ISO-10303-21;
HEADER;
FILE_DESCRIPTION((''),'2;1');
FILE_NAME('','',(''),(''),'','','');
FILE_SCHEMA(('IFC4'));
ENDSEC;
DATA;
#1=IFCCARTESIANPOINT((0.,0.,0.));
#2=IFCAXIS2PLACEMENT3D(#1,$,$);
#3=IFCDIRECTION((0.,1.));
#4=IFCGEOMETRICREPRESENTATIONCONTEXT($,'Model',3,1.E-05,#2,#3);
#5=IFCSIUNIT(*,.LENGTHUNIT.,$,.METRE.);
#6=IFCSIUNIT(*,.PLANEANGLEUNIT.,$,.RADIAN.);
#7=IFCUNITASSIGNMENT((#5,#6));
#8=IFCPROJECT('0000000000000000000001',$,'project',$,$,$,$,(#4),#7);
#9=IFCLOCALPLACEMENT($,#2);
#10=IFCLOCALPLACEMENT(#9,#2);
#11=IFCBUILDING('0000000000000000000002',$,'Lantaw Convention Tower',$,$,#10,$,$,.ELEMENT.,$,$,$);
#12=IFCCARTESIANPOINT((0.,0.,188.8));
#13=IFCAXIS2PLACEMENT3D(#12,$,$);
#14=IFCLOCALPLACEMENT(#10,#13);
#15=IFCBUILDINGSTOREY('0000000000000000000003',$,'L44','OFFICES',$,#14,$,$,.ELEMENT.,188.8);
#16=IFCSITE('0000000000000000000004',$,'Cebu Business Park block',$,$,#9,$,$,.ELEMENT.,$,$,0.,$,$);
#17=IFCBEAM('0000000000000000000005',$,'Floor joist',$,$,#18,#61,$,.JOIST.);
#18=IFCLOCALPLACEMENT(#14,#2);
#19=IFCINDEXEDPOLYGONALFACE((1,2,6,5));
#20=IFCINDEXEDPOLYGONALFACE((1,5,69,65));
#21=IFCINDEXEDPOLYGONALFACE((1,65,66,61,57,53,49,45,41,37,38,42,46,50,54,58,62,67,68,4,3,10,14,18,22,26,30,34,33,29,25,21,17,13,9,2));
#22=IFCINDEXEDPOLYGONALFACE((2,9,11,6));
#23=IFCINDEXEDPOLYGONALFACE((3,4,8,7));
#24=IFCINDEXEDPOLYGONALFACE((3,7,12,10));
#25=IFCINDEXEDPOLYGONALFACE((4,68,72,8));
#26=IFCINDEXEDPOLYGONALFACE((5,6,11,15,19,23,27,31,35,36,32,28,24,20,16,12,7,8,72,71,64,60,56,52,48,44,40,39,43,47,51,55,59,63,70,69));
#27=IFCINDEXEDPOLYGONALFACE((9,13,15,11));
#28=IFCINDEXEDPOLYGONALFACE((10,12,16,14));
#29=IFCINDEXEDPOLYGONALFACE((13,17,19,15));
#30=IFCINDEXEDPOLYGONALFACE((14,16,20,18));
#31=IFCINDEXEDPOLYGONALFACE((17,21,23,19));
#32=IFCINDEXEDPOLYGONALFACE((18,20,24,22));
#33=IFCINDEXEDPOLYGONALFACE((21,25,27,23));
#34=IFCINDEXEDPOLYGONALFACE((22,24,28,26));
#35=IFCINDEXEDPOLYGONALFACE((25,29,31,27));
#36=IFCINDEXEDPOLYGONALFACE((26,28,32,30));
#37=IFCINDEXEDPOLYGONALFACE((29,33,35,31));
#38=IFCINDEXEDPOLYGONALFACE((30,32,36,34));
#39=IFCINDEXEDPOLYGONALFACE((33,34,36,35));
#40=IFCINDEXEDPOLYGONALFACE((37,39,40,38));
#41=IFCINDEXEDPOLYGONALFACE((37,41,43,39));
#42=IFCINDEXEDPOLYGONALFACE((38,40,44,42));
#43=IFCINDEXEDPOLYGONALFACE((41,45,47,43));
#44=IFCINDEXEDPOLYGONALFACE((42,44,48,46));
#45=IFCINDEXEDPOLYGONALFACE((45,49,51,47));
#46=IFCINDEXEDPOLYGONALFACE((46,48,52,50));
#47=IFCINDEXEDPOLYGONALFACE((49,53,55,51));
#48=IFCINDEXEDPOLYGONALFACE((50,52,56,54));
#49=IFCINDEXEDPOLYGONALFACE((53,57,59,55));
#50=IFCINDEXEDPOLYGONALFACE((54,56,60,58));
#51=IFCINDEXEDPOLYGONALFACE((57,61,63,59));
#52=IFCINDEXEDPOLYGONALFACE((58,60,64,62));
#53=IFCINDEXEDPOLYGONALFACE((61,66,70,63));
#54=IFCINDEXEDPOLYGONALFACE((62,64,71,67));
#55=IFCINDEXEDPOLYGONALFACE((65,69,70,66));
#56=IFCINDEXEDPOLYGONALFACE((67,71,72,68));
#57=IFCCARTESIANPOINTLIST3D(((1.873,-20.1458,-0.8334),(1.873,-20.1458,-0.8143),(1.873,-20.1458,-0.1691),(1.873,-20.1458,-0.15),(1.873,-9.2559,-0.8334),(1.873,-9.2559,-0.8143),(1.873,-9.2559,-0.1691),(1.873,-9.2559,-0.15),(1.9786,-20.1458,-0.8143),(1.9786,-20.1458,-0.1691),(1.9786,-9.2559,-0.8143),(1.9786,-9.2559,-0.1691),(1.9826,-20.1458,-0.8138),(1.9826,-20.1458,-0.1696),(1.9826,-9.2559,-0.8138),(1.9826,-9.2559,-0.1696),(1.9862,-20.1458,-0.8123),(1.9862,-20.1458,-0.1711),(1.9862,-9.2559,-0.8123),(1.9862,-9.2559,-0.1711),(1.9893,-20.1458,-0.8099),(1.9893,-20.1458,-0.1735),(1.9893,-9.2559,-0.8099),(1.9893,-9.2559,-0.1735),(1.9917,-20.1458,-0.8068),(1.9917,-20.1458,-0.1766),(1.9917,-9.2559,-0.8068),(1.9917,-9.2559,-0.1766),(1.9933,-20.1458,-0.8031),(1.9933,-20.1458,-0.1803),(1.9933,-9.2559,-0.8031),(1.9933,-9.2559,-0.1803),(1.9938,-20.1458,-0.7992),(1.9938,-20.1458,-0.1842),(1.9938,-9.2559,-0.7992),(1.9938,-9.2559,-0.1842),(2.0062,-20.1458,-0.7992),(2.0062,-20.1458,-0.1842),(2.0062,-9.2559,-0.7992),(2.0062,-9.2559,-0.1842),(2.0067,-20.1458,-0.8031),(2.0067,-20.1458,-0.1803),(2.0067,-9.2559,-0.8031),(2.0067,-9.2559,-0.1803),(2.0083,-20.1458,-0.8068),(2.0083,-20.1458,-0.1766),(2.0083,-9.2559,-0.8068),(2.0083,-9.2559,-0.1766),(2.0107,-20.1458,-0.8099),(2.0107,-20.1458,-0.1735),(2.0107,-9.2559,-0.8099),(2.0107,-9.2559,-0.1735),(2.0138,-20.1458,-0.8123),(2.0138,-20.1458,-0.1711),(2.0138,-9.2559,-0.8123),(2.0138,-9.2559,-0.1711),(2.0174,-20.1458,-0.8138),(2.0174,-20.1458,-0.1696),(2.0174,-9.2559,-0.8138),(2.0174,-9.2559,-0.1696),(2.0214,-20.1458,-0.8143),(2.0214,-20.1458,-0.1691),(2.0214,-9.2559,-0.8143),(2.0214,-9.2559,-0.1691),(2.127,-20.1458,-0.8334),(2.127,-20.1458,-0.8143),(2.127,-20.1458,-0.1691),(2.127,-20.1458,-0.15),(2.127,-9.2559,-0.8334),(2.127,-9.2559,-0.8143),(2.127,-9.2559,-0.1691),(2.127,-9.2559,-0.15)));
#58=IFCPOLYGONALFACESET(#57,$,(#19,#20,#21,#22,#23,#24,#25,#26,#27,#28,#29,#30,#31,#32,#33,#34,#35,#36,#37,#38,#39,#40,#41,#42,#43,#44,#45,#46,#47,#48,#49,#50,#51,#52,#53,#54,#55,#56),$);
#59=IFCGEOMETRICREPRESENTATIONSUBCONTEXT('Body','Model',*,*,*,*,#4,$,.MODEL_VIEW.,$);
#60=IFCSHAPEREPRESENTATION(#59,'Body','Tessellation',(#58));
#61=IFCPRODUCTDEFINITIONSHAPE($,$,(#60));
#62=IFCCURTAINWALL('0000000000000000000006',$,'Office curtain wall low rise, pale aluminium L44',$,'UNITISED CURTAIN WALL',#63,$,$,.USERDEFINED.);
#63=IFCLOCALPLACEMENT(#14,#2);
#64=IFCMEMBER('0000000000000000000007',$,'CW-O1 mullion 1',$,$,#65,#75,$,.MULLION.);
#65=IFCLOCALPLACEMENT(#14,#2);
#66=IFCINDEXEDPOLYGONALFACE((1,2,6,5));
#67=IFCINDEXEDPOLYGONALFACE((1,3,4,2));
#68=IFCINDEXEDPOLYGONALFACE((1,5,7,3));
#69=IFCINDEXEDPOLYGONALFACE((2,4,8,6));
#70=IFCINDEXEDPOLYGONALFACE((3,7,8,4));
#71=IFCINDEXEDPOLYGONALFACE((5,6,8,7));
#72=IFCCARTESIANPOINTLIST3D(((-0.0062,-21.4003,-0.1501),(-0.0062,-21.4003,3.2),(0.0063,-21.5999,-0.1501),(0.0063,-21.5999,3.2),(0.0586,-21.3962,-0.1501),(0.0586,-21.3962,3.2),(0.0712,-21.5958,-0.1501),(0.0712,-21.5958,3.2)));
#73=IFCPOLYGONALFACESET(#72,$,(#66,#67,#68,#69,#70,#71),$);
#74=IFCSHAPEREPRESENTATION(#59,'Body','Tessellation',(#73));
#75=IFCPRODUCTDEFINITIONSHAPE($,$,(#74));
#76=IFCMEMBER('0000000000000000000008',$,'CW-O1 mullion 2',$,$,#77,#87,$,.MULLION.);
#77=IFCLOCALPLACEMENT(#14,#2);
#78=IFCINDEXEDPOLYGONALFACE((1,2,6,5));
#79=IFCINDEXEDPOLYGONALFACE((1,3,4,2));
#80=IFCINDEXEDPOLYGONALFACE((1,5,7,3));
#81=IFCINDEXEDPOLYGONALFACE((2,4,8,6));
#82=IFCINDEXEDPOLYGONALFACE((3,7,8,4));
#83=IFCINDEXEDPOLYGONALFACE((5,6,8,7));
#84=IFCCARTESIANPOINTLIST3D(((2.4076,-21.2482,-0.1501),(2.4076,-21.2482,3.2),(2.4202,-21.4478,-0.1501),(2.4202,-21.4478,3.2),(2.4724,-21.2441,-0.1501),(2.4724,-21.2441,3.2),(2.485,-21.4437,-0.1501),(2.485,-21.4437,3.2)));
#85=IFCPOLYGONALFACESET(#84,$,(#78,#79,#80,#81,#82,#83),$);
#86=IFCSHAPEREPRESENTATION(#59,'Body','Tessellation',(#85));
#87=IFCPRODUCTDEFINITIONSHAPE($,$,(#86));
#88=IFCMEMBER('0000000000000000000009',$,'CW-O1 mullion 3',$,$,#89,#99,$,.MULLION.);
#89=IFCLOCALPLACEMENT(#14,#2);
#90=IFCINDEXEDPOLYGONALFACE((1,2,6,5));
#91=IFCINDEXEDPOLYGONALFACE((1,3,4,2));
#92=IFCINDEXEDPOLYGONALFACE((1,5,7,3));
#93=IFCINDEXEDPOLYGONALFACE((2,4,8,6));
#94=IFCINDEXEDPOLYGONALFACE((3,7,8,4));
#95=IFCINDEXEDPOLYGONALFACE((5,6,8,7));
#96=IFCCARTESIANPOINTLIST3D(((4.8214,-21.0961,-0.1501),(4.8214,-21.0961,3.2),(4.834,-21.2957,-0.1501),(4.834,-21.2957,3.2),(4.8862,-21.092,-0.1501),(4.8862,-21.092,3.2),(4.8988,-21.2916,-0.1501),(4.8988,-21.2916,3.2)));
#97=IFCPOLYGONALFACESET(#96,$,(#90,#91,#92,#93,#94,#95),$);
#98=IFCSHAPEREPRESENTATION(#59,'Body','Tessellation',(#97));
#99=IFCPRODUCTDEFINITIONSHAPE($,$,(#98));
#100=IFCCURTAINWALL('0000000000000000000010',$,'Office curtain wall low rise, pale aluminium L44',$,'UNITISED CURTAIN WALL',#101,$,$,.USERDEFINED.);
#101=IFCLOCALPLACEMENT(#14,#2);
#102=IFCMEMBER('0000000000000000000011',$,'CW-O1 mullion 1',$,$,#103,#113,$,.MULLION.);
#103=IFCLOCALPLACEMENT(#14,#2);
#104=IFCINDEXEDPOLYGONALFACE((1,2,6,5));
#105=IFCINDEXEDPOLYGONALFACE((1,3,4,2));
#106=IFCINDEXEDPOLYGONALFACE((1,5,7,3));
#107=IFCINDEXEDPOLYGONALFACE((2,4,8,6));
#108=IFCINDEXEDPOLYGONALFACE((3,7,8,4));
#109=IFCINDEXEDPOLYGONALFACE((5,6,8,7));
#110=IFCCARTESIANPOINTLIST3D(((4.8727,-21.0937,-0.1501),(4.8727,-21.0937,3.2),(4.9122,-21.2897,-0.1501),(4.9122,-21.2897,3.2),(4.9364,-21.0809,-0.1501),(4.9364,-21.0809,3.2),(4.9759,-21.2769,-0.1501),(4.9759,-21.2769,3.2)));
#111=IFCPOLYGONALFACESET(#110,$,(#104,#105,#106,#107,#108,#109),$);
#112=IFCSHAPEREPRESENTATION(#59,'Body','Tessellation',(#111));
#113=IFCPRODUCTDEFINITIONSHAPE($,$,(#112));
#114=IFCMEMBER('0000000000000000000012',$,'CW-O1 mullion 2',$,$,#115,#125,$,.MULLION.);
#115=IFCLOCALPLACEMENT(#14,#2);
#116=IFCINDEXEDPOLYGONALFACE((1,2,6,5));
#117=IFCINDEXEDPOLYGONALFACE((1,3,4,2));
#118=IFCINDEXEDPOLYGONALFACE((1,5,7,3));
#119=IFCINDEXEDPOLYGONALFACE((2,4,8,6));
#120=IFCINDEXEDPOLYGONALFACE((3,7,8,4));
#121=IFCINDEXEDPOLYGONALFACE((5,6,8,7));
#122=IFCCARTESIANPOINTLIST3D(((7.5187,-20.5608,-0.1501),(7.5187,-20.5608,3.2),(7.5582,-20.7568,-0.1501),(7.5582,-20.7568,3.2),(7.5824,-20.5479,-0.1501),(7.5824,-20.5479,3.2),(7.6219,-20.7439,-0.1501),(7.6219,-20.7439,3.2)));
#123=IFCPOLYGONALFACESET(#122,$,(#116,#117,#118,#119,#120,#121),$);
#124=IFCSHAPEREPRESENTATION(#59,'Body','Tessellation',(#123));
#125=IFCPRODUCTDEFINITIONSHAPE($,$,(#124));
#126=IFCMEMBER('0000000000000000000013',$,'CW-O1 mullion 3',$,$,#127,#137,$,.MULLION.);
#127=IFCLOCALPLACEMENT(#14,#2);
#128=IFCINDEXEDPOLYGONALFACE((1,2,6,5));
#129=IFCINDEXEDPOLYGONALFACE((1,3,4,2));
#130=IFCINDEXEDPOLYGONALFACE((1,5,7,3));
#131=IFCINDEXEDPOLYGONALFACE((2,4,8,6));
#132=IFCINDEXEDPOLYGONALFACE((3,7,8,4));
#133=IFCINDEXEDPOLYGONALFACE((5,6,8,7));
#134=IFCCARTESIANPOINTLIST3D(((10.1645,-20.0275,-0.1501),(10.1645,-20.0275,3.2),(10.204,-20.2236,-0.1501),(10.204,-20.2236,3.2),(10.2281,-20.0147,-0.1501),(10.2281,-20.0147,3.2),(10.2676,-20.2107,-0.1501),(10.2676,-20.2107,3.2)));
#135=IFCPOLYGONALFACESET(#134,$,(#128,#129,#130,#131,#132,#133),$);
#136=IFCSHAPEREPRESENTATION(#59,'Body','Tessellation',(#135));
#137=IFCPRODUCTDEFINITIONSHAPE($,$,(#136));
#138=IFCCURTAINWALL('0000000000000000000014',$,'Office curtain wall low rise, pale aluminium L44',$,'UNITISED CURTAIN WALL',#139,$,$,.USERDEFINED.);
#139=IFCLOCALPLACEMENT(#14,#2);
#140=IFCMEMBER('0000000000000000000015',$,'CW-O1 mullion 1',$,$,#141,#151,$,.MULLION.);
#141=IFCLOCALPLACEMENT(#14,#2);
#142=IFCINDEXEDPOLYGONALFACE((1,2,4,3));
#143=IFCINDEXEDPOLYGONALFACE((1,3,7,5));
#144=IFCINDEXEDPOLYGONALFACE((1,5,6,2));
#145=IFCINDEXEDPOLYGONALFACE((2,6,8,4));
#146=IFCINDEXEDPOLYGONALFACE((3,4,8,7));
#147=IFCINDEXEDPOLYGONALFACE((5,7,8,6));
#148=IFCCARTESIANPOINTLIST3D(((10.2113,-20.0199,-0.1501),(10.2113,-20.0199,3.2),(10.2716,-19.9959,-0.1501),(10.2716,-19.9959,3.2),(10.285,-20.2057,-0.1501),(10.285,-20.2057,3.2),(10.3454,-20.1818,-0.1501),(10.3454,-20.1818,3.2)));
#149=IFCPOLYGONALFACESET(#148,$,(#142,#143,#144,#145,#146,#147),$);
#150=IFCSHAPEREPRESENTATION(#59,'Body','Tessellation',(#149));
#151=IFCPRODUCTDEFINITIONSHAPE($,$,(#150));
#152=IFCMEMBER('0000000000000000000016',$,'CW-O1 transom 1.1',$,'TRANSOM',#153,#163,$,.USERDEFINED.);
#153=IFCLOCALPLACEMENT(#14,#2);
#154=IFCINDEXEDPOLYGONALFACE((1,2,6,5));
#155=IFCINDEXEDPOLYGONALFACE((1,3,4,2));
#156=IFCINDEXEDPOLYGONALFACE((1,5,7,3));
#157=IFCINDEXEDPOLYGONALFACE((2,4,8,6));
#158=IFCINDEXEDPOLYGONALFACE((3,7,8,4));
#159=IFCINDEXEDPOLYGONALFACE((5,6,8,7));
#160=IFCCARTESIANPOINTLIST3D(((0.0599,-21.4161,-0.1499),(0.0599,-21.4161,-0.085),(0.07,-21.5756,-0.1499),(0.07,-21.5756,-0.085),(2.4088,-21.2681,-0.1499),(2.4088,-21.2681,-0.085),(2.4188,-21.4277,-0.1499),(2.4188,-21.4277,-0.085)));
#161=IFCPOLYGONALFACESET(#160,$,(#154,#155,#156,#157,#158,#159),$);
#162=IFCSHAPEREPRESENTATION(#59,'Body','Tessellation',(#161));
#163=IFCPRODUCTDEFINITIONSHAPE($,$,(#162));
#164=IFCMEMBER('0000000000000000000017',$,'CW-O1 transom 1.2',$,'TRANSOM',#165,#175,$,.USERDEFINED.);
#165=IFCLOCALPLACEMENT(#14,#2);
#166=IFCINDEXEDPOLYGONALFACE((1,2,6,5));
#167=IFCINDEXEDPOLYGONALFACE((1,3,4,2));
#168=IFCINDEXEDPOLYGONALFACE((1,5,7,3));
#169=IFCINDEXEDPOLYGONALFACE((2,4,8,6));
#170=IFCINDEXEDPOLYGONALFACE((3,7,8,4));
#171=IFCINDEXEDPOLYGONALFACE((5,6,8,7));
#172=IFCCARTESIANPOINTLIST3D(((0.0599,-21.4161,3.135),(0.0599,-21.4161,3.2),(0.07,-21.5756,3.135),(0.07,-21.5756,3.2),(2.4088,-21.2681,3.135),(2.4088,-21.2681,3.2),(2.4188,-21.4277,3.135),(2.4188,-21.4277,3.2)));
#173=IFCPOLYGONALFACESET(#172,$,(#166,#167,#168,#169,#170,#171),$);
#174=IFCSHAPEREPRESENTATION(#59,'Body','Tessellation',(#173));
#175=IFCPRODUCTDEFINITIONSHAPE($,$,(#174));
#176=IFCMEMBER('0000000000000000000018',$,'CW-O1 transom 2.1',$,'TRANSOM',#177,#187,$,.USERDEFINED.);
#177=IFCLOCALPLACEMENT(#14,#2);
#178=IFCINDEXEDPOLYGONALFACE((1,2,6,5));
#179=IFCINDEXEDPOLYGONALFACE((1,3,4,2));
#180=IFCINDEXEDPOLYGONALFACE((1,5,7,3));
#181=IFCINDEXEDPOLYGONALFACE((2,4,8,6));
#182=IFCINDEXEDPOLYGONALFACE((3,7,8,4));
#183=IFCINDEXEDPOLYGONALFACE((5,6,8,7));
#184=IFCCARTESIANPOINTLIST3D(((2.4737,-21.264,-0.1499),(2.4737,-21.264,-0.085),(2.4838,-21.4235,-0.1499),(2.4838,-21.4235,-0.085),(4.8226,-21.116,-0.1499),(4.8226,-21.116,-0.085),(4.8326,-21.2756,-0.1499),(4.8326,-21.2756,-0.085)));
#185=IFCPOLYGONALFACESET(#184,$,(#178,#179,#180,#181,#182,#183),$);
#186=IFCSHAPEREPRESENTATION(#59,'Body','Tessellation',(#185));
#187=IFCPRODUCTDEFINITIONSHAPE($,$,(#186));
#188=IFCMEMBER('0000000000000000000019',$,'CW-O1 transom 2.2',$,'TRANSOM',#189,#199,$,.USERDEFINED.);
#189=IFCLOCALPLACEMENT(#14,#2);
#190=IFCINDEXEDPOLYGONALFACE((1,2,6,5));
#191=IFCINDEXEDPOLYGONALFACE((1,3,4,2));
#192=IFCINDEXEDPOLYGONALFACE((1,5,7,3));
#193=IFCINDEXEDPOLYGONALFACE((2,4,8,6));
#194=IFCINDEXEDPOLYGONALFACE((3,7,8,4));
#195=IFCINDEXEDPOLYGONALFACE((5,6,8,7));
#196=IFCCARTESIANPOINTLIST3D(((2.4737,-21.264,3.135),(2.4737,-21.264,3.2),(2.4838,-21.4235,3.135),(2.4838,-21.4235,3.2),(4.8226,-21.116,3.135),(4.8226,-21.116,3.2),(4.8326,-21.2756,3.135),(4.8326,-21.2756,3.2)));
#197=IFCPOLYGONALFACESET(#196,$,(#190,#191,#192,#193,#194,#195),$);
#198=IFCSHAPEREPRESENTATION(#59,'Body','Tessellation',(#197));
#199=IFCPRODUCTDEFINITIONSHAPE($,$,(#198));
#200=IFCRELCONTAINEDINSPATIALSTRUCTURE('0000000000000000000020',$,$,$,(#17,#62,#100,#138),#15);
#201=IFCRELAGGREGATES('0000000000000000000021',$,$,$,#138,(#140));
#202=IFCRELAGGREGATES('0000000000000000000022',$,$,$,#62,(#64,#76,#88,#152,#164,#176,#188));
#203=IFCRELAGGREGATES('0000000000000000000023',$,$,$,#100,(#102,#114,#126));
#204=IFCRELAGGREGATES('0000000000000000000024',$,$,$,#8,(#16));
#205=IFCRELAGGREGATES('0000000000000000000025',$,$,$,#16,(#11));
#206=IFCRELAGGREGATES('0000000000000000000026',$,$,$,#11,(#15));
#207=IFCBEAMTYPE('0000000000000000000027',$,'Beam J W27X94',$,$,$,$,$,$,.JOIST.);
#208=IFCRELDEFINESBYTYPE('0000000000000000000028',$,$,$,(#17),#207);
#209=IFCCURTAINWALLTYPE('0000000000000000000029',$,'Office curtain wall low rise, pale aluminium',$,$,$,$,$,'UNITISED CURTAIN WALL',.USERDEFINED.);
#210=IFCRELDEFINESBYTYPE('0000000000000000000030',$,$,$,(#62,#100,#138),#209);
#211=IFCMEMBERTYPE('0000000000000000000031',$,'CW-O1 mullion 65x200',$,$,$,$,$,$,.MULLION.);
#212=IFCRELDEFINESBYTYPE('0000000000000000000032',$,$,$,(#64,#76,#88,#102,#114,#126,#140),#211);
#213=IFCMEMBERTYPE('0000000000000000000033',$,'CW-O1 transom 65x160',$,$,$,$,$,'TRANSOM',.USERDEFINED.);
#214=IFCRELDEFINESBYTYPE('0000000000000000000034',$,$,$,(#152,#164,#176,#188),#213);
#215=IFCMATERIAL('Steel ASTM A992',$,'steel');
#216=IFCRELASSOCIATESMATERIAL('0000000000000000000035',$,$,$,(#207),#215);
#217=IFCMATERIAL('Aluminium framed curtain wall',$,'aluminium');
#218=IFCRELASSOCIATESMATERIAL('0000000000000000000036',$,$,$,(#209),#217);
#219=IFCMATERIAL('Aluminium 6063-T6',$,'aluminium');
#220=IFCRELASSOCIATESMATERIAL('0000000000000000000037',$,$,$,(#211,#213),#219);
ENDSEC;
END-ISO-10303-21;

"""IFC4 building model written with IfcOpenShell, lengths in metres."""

from ifc_helpers import new_model, si_unit, direction, frame, origin, origin_2d, place, context, subcontext, project, spatial, rectangle, i_section, extrude, material, material_profile, profile_set, type_object, element, aggregate, save


model = new_model("IFC4")

# Units and contexts
model_context = context("Model", 3, precision=1e-05, world=origin(), true_north=direction((0.0, 1.0)))
body_context = subcontext(model_context, "Body", "Model", "MODEL_VIEW")
ifc_project = project(units=[si_unit("LENGTHUNIT", "METRE"), si_unit("PLANEANGLEUNIT", "RADIAN")], contexts=[model_context])

# Site, building, storey
site_placement = place(None, origin())
site = spatial("IfcSite", under=ifc_project, at=site_placement, Name="Cebu Business Park block", CompositionType="ELEMENT", RefElevation=0.0)
building_placement = place(site_placement, origin())
building = spatial("IfcBuilding", under=site, at=building_placement, Name="Lantaw Convention Tower", CompositionType="ELEMENT")
storey_placement = place(building_placement, frame((0.0, 0.0, 188.8)))
storey = spatial("IfcBuildingStorey", under=building, at=storey_placement, Name="L44", Description="OFFICES", CompositionType="ELEMENT", Elevation=188.8)

# Beam
ifc_material_1 = material(Name="Steel ASTM A992", Category="steel")
ifc_material_profile_1 = material_profile(ifc_material_1, i_section(OverallWidth=0.2539, OverallDepth=0.6833, WebThickness=0.0125, FlangeThickness=0.019, FilletRadius=0.0151, at=origin_2d()), Name="W27X94")
ifc_profile_set_1 = profile_set([ifc_material_profile_1], Name="Steel ASTM A992")
beam_type_1 = type_object("IfcBeamType", Name="Beam J W27X94", PredefinedType="JOIST", material=ifc_profile_set_1)
beam_1_placement = place(storey_placement, frame((2.0, -20.1458, -0.4917), z_axis=(0.0, 1.0, 0.0), x_axis=(-1.0, 0.0, 0.0)))
element("IfcBeam", 1, at=beam_1_placement, inside=storey, type_object=beam_type_1, Name="Floor joist", PredefinedType="JOIST", context=body_context, shape_type="SweptSolid", body=[
    extrude(i_section(OverallWidth=0.2539, OverallDepth=0.6833, WebThickness=0.0125, FlangeThickness=0.019, FilletRadius=0.0151, at=origin_2d()), origin(), (0.0, 0.0, 1.0), 10.8899),
])

# Curtain walls, members
ifc_material_2 = material(Name="Aluminium framed curtain wall", Category="aluminium")
curtain_wall_type = type_object("IfcCurtainWallType", Name="Office curtain wall low rise, pale aluminium", ElementType="UNITISED CURTAIN WALL", PredefinedType="USERDEFINED", material=ifc_material_2)
curtain_wall_1_placement = place(storey_placement, origin())
curtain_wall_1 = element("IfcCurtainWall", 2, at=curtain_wall_1_placement, inside=storey, type_object=curtain_wall_type, Name="Office curtain wall low rise, pale aluminium L44", ObjectType="UNITISED CURTAIN WALL", PredefinedType="USERDEFINED")
ifc_material_3 = material(Name="Aluminium 6063-T6", Category="aluminium")
ifc_material_profile_2 = material_profile(ifc_material_3, rectangle(XDim=0.2, YDim=0.0649, at=origin_2d()), Name="CW-O1 mullion 65x200")
ifc_profile_set_2 = profile_set([ifc_material_profile_2], Name="Aluminium 6063-T6")
member_type_1 = type_object("IfcMemberType", Name="CW-O1 mullion 65x200", PredefinedType="MULLION", material=ifc_profile_set_2)
member_1_placement = place(storey_placement, frame((0.0325, -21.498, -0.1501), z_axis=(0.0, 0.0, 1.0), x_axis=(-0.062865, 0.998022, 0.0)))
member_1 = element("IfcMember", 3, at=member_1_placement, type_object=member_type_1, Name="CW-O1 mullion 1", PredefinedType="MULLION", context=body_context, shape_type="SweptSolid", body=[
    extrude(rectangle(XDim=0.2, YDim=0.0649, at=origin_2d()), origin(), (0.0, 0.0, 1.0), 3.3501),
])
member_2_placement = place(storey_placement, frame((2.4463, -21.3459, -0.1501), z_axis=(0.0, 0.0, 1.0), x_axis=(-0.062865, 0.998022, 0.0)))
member_2 = element("IfcMember", 4, at=member_2_placement, type_object=member_type_1, Name="CW-O1 mullion 2", PredefinedType="MULLION", context=body_context, shape_type="SweptSolid", body=[
    extrude(rectangle(XDim=0.2, YDim=0.0649, at=origin_2d()), origin(), (0.0, 0.0, 1.0), 3.3501),
])
member_3_placement = place(storey_placement, frame((4.8601, -21.1938, -0.1501), z_axis=(0.0, 0.0, 1.0), x_axis=(-0.062865, 0.998022, 0.0)))
member_3 = element("IfcMember", 5, at=member_3_placement, type_object=member_type_1, Name="CW-O1 mullion 3", PredefinedType="MULLION", context=body_context, shape_type="SweptSolid", body=[
    extrude(rectangle(XDim=0.2, YDim=0.0649, at=origin_2d()), origin(), (0.0, 0.0, 1.0), 3.3501),
])
curtain_wall_2_placement = place(storey_placement, origin())
curtain_wall_2 = element("IfcCurtainWall", 6, at=curtain_wall_2_placement, inside=storey, type_object=curtain_wall_type, Name="Office curtain wall low rise, pale aluminium L44", ObjectType="UNITISED CURTAIN WALL", PredefinedType="USERDEFINED")
member_4_placement = place(storey_placement, frame((4.9243, -21.1853, -0.1501), z_axis=(0.0, 0.0, 1.0), x_axis=(-0.197507, 0.980302, 0.0)))
member_4 = element("IfcMember", 7, at=member_4_placement, type_object=member_type_1, Name="CW-O1 mullion 1", PredefinedType="MULLION", context=body_context, shape_type="SweptSolid", body=[
    extrude(rectangle(XDim=0.2, YDim=0.0649, at=origin_2d()), origin(), (0.0, 0.0, 1.0), 3.3501),
])
member_5_placement = place(storey_placement, frame((7.5703, -20.6523, -0.1501), z_axis=(0.0, 0.0, 1.0), x_axis=(-0.197507, 0.980302, 0.0)))
member_5 = element("IfcMember", 8, at=member_5_placement, type_object=member_type_1, Name="CW-O1 mullion 2", PredefinedType="MULLION", context=body_context, shape_type="SweptSolid", body=[
    extrude(rectangle(XDim=0.2, YDim=0.0649, at=origin_2d()), origin(), (0.0, 0.0, 1.0), 3.3501),
])
member_6_placement = place(storey_placement, frame((10.2161, -20.1191, -0.1501), z_axis=(0.0, 0.0, 1.0), x_axis=(-0.197507, 0.980302, 0.0)))
member_6 = element("IfcMember", 9, at=member_6_placement, type_object=member_type_1, Name="CW-O1 mullion 3", PredefinedType="MULLION", context=body_context, shape_type="SweptSolid", body=[
    extrude(rectangle(XDim=0.2, YDim=0.0649, at=origin_2d()), origin(), (0.0, 0.0, 1.0), 3.3501),
])

# Curtain wall, member
curtain_wall_3_placement = place(storey_placement, origin())
curtain_wall_3 = element("IfcCurtainWall", 10, at=curtain_wall_3_placement, inside=storey, type_object=curtain_wall_type, Name="Office curtain wall low rise, pale aluminium L44", ObjectType="UNITISED CURTAIN WALL", PredefinedType="USERDEFINED")
member_7_placement = place(storey_placement, frame((10.2783, -20.1008, -0.1501), z_axis=(0.0, 0.0, 1.0), x_axis=(-0.368702, 0.929548, 0.0)))
member_7 = element("IfcMember", 11, at=member_7_placement, type_object=member_type_1, Name="CW-O1 mullion 1", PredefinedType="MULLION", context=body_context, shape_type="SweptSolid", body=[
    extrude(rectangle(XDim=0.2, YDim=0.0649, at=origin_2d()), origin(), (0.0, 0.0, 1.0), 3.3501),
])

# Members
ifc_material_profile_3 = material_profile(ifc_material_3, rectangle(XDim=0.1599, YDim=0.0649, at=origin_2d()), Name="CW-O1 transom 65x160")
ifc_profile_set_3 = profile_set([ifc_material_profile_3], Name="Aluminium 6063-T6")
member_type_2 = type_object("IfcMemberType", Name="CW-O1 transom 65x160", ElementType="TRANSOM", PredefinedType="USERDEFINED", material=ifc_profile_set_3)
member_8_placement = place(storey_placement, frame((0.0649, -21.4958, -0.1174), z_axis=(0.998022, 0.062863, 0.0), x_axis=(-0.062863, 0.998022, 0.0)))
member_8 = element("IfcMember", 12, at=member_8_placement, type_object=member_type_2, Name="CW-O1 transom 1.1", ObjectType="TRANSOM", PredefinedType="USERDEFINED", context=body_context, shape_type="SweptSolid", body=[
    extrude(rectangle(XDim=0.1599, YDim=0.0649, at=origin_2d()), origin(), (0.0, 0.0, 1.0), 2.3535),
])
member_9_placement = place(storey_placement, frame((0.0649, -21.4958, 3.1675), z_axis=(0.998022, 0.062863, 0.0), x_axis=(-0.062863, 0.998022, 0.0)))
member_9 = element("IfcMember", 13, at=member_9_placement, type_object=member_type_2, Name="CW-O1 transom 1.2", ObjectType="TRANSOM", PredefinedType="USERDEFINED", context=body_context, shape_type="SweptSolid", body=[
    extrude(rectangle(XDim=0.1599, YDim=0.0649, at=origin_2d()), origin(), (0.0, 0.0, 1.0), 2.3535),
])
member_10_placement = place(storey_placement, frame((2.4788, -21.3438, -0.1174), z_axis=(0.998022, 0.062863, 0.0), x_axis=(-0.062863, 0.998022, 0.0)))
member_10 = element("IfcMember", 14, at=member_10_placement, type_object=member_type_2, Name="CW-O1 transom 2.1", ObjectType="TRANSOM", PredefinedType="USERDEFINED", context=body_context, shape_type="SweptSolid", body=[
    extrude(rectangle(XDim=0.1599, YDim=0.0649, at=origin_2d()), origin(), (0.0, 0.0, 1.0), 2.3535),
])
member_11_placement = place(storey_placement, frame((2.4788, -21.3438, 3.1675), z_axis=(0.998022, 0.062863, 0.0), x_axis=(-0.062863, 0.998022, 0.0)))
member_11 = element("IfcMember", 15, at=member_11_placement, type_object=member_type_2, Name="CW-O1 transom 2.2", ObjectType="TRANSOM", PredefinedType="USERDEFINED", context=body_context, shape_type="SweptSolid", body=[
    extrude(rectangle(XDim=0.1599, YDim=0.0649, at=origin_2d()), origin(), (0.0, 0.0, 1.0), 2.3535),
])
aggregate(curtain_wall_3, [member_7])

aggregate(curtain_wall_1, [member_1, member_2, member_3, member_8, member_9, member_10, member_11])
aggregate(curtain_wall_2, [member_4, member_5, member_6])

save(model, "model.ifc")
